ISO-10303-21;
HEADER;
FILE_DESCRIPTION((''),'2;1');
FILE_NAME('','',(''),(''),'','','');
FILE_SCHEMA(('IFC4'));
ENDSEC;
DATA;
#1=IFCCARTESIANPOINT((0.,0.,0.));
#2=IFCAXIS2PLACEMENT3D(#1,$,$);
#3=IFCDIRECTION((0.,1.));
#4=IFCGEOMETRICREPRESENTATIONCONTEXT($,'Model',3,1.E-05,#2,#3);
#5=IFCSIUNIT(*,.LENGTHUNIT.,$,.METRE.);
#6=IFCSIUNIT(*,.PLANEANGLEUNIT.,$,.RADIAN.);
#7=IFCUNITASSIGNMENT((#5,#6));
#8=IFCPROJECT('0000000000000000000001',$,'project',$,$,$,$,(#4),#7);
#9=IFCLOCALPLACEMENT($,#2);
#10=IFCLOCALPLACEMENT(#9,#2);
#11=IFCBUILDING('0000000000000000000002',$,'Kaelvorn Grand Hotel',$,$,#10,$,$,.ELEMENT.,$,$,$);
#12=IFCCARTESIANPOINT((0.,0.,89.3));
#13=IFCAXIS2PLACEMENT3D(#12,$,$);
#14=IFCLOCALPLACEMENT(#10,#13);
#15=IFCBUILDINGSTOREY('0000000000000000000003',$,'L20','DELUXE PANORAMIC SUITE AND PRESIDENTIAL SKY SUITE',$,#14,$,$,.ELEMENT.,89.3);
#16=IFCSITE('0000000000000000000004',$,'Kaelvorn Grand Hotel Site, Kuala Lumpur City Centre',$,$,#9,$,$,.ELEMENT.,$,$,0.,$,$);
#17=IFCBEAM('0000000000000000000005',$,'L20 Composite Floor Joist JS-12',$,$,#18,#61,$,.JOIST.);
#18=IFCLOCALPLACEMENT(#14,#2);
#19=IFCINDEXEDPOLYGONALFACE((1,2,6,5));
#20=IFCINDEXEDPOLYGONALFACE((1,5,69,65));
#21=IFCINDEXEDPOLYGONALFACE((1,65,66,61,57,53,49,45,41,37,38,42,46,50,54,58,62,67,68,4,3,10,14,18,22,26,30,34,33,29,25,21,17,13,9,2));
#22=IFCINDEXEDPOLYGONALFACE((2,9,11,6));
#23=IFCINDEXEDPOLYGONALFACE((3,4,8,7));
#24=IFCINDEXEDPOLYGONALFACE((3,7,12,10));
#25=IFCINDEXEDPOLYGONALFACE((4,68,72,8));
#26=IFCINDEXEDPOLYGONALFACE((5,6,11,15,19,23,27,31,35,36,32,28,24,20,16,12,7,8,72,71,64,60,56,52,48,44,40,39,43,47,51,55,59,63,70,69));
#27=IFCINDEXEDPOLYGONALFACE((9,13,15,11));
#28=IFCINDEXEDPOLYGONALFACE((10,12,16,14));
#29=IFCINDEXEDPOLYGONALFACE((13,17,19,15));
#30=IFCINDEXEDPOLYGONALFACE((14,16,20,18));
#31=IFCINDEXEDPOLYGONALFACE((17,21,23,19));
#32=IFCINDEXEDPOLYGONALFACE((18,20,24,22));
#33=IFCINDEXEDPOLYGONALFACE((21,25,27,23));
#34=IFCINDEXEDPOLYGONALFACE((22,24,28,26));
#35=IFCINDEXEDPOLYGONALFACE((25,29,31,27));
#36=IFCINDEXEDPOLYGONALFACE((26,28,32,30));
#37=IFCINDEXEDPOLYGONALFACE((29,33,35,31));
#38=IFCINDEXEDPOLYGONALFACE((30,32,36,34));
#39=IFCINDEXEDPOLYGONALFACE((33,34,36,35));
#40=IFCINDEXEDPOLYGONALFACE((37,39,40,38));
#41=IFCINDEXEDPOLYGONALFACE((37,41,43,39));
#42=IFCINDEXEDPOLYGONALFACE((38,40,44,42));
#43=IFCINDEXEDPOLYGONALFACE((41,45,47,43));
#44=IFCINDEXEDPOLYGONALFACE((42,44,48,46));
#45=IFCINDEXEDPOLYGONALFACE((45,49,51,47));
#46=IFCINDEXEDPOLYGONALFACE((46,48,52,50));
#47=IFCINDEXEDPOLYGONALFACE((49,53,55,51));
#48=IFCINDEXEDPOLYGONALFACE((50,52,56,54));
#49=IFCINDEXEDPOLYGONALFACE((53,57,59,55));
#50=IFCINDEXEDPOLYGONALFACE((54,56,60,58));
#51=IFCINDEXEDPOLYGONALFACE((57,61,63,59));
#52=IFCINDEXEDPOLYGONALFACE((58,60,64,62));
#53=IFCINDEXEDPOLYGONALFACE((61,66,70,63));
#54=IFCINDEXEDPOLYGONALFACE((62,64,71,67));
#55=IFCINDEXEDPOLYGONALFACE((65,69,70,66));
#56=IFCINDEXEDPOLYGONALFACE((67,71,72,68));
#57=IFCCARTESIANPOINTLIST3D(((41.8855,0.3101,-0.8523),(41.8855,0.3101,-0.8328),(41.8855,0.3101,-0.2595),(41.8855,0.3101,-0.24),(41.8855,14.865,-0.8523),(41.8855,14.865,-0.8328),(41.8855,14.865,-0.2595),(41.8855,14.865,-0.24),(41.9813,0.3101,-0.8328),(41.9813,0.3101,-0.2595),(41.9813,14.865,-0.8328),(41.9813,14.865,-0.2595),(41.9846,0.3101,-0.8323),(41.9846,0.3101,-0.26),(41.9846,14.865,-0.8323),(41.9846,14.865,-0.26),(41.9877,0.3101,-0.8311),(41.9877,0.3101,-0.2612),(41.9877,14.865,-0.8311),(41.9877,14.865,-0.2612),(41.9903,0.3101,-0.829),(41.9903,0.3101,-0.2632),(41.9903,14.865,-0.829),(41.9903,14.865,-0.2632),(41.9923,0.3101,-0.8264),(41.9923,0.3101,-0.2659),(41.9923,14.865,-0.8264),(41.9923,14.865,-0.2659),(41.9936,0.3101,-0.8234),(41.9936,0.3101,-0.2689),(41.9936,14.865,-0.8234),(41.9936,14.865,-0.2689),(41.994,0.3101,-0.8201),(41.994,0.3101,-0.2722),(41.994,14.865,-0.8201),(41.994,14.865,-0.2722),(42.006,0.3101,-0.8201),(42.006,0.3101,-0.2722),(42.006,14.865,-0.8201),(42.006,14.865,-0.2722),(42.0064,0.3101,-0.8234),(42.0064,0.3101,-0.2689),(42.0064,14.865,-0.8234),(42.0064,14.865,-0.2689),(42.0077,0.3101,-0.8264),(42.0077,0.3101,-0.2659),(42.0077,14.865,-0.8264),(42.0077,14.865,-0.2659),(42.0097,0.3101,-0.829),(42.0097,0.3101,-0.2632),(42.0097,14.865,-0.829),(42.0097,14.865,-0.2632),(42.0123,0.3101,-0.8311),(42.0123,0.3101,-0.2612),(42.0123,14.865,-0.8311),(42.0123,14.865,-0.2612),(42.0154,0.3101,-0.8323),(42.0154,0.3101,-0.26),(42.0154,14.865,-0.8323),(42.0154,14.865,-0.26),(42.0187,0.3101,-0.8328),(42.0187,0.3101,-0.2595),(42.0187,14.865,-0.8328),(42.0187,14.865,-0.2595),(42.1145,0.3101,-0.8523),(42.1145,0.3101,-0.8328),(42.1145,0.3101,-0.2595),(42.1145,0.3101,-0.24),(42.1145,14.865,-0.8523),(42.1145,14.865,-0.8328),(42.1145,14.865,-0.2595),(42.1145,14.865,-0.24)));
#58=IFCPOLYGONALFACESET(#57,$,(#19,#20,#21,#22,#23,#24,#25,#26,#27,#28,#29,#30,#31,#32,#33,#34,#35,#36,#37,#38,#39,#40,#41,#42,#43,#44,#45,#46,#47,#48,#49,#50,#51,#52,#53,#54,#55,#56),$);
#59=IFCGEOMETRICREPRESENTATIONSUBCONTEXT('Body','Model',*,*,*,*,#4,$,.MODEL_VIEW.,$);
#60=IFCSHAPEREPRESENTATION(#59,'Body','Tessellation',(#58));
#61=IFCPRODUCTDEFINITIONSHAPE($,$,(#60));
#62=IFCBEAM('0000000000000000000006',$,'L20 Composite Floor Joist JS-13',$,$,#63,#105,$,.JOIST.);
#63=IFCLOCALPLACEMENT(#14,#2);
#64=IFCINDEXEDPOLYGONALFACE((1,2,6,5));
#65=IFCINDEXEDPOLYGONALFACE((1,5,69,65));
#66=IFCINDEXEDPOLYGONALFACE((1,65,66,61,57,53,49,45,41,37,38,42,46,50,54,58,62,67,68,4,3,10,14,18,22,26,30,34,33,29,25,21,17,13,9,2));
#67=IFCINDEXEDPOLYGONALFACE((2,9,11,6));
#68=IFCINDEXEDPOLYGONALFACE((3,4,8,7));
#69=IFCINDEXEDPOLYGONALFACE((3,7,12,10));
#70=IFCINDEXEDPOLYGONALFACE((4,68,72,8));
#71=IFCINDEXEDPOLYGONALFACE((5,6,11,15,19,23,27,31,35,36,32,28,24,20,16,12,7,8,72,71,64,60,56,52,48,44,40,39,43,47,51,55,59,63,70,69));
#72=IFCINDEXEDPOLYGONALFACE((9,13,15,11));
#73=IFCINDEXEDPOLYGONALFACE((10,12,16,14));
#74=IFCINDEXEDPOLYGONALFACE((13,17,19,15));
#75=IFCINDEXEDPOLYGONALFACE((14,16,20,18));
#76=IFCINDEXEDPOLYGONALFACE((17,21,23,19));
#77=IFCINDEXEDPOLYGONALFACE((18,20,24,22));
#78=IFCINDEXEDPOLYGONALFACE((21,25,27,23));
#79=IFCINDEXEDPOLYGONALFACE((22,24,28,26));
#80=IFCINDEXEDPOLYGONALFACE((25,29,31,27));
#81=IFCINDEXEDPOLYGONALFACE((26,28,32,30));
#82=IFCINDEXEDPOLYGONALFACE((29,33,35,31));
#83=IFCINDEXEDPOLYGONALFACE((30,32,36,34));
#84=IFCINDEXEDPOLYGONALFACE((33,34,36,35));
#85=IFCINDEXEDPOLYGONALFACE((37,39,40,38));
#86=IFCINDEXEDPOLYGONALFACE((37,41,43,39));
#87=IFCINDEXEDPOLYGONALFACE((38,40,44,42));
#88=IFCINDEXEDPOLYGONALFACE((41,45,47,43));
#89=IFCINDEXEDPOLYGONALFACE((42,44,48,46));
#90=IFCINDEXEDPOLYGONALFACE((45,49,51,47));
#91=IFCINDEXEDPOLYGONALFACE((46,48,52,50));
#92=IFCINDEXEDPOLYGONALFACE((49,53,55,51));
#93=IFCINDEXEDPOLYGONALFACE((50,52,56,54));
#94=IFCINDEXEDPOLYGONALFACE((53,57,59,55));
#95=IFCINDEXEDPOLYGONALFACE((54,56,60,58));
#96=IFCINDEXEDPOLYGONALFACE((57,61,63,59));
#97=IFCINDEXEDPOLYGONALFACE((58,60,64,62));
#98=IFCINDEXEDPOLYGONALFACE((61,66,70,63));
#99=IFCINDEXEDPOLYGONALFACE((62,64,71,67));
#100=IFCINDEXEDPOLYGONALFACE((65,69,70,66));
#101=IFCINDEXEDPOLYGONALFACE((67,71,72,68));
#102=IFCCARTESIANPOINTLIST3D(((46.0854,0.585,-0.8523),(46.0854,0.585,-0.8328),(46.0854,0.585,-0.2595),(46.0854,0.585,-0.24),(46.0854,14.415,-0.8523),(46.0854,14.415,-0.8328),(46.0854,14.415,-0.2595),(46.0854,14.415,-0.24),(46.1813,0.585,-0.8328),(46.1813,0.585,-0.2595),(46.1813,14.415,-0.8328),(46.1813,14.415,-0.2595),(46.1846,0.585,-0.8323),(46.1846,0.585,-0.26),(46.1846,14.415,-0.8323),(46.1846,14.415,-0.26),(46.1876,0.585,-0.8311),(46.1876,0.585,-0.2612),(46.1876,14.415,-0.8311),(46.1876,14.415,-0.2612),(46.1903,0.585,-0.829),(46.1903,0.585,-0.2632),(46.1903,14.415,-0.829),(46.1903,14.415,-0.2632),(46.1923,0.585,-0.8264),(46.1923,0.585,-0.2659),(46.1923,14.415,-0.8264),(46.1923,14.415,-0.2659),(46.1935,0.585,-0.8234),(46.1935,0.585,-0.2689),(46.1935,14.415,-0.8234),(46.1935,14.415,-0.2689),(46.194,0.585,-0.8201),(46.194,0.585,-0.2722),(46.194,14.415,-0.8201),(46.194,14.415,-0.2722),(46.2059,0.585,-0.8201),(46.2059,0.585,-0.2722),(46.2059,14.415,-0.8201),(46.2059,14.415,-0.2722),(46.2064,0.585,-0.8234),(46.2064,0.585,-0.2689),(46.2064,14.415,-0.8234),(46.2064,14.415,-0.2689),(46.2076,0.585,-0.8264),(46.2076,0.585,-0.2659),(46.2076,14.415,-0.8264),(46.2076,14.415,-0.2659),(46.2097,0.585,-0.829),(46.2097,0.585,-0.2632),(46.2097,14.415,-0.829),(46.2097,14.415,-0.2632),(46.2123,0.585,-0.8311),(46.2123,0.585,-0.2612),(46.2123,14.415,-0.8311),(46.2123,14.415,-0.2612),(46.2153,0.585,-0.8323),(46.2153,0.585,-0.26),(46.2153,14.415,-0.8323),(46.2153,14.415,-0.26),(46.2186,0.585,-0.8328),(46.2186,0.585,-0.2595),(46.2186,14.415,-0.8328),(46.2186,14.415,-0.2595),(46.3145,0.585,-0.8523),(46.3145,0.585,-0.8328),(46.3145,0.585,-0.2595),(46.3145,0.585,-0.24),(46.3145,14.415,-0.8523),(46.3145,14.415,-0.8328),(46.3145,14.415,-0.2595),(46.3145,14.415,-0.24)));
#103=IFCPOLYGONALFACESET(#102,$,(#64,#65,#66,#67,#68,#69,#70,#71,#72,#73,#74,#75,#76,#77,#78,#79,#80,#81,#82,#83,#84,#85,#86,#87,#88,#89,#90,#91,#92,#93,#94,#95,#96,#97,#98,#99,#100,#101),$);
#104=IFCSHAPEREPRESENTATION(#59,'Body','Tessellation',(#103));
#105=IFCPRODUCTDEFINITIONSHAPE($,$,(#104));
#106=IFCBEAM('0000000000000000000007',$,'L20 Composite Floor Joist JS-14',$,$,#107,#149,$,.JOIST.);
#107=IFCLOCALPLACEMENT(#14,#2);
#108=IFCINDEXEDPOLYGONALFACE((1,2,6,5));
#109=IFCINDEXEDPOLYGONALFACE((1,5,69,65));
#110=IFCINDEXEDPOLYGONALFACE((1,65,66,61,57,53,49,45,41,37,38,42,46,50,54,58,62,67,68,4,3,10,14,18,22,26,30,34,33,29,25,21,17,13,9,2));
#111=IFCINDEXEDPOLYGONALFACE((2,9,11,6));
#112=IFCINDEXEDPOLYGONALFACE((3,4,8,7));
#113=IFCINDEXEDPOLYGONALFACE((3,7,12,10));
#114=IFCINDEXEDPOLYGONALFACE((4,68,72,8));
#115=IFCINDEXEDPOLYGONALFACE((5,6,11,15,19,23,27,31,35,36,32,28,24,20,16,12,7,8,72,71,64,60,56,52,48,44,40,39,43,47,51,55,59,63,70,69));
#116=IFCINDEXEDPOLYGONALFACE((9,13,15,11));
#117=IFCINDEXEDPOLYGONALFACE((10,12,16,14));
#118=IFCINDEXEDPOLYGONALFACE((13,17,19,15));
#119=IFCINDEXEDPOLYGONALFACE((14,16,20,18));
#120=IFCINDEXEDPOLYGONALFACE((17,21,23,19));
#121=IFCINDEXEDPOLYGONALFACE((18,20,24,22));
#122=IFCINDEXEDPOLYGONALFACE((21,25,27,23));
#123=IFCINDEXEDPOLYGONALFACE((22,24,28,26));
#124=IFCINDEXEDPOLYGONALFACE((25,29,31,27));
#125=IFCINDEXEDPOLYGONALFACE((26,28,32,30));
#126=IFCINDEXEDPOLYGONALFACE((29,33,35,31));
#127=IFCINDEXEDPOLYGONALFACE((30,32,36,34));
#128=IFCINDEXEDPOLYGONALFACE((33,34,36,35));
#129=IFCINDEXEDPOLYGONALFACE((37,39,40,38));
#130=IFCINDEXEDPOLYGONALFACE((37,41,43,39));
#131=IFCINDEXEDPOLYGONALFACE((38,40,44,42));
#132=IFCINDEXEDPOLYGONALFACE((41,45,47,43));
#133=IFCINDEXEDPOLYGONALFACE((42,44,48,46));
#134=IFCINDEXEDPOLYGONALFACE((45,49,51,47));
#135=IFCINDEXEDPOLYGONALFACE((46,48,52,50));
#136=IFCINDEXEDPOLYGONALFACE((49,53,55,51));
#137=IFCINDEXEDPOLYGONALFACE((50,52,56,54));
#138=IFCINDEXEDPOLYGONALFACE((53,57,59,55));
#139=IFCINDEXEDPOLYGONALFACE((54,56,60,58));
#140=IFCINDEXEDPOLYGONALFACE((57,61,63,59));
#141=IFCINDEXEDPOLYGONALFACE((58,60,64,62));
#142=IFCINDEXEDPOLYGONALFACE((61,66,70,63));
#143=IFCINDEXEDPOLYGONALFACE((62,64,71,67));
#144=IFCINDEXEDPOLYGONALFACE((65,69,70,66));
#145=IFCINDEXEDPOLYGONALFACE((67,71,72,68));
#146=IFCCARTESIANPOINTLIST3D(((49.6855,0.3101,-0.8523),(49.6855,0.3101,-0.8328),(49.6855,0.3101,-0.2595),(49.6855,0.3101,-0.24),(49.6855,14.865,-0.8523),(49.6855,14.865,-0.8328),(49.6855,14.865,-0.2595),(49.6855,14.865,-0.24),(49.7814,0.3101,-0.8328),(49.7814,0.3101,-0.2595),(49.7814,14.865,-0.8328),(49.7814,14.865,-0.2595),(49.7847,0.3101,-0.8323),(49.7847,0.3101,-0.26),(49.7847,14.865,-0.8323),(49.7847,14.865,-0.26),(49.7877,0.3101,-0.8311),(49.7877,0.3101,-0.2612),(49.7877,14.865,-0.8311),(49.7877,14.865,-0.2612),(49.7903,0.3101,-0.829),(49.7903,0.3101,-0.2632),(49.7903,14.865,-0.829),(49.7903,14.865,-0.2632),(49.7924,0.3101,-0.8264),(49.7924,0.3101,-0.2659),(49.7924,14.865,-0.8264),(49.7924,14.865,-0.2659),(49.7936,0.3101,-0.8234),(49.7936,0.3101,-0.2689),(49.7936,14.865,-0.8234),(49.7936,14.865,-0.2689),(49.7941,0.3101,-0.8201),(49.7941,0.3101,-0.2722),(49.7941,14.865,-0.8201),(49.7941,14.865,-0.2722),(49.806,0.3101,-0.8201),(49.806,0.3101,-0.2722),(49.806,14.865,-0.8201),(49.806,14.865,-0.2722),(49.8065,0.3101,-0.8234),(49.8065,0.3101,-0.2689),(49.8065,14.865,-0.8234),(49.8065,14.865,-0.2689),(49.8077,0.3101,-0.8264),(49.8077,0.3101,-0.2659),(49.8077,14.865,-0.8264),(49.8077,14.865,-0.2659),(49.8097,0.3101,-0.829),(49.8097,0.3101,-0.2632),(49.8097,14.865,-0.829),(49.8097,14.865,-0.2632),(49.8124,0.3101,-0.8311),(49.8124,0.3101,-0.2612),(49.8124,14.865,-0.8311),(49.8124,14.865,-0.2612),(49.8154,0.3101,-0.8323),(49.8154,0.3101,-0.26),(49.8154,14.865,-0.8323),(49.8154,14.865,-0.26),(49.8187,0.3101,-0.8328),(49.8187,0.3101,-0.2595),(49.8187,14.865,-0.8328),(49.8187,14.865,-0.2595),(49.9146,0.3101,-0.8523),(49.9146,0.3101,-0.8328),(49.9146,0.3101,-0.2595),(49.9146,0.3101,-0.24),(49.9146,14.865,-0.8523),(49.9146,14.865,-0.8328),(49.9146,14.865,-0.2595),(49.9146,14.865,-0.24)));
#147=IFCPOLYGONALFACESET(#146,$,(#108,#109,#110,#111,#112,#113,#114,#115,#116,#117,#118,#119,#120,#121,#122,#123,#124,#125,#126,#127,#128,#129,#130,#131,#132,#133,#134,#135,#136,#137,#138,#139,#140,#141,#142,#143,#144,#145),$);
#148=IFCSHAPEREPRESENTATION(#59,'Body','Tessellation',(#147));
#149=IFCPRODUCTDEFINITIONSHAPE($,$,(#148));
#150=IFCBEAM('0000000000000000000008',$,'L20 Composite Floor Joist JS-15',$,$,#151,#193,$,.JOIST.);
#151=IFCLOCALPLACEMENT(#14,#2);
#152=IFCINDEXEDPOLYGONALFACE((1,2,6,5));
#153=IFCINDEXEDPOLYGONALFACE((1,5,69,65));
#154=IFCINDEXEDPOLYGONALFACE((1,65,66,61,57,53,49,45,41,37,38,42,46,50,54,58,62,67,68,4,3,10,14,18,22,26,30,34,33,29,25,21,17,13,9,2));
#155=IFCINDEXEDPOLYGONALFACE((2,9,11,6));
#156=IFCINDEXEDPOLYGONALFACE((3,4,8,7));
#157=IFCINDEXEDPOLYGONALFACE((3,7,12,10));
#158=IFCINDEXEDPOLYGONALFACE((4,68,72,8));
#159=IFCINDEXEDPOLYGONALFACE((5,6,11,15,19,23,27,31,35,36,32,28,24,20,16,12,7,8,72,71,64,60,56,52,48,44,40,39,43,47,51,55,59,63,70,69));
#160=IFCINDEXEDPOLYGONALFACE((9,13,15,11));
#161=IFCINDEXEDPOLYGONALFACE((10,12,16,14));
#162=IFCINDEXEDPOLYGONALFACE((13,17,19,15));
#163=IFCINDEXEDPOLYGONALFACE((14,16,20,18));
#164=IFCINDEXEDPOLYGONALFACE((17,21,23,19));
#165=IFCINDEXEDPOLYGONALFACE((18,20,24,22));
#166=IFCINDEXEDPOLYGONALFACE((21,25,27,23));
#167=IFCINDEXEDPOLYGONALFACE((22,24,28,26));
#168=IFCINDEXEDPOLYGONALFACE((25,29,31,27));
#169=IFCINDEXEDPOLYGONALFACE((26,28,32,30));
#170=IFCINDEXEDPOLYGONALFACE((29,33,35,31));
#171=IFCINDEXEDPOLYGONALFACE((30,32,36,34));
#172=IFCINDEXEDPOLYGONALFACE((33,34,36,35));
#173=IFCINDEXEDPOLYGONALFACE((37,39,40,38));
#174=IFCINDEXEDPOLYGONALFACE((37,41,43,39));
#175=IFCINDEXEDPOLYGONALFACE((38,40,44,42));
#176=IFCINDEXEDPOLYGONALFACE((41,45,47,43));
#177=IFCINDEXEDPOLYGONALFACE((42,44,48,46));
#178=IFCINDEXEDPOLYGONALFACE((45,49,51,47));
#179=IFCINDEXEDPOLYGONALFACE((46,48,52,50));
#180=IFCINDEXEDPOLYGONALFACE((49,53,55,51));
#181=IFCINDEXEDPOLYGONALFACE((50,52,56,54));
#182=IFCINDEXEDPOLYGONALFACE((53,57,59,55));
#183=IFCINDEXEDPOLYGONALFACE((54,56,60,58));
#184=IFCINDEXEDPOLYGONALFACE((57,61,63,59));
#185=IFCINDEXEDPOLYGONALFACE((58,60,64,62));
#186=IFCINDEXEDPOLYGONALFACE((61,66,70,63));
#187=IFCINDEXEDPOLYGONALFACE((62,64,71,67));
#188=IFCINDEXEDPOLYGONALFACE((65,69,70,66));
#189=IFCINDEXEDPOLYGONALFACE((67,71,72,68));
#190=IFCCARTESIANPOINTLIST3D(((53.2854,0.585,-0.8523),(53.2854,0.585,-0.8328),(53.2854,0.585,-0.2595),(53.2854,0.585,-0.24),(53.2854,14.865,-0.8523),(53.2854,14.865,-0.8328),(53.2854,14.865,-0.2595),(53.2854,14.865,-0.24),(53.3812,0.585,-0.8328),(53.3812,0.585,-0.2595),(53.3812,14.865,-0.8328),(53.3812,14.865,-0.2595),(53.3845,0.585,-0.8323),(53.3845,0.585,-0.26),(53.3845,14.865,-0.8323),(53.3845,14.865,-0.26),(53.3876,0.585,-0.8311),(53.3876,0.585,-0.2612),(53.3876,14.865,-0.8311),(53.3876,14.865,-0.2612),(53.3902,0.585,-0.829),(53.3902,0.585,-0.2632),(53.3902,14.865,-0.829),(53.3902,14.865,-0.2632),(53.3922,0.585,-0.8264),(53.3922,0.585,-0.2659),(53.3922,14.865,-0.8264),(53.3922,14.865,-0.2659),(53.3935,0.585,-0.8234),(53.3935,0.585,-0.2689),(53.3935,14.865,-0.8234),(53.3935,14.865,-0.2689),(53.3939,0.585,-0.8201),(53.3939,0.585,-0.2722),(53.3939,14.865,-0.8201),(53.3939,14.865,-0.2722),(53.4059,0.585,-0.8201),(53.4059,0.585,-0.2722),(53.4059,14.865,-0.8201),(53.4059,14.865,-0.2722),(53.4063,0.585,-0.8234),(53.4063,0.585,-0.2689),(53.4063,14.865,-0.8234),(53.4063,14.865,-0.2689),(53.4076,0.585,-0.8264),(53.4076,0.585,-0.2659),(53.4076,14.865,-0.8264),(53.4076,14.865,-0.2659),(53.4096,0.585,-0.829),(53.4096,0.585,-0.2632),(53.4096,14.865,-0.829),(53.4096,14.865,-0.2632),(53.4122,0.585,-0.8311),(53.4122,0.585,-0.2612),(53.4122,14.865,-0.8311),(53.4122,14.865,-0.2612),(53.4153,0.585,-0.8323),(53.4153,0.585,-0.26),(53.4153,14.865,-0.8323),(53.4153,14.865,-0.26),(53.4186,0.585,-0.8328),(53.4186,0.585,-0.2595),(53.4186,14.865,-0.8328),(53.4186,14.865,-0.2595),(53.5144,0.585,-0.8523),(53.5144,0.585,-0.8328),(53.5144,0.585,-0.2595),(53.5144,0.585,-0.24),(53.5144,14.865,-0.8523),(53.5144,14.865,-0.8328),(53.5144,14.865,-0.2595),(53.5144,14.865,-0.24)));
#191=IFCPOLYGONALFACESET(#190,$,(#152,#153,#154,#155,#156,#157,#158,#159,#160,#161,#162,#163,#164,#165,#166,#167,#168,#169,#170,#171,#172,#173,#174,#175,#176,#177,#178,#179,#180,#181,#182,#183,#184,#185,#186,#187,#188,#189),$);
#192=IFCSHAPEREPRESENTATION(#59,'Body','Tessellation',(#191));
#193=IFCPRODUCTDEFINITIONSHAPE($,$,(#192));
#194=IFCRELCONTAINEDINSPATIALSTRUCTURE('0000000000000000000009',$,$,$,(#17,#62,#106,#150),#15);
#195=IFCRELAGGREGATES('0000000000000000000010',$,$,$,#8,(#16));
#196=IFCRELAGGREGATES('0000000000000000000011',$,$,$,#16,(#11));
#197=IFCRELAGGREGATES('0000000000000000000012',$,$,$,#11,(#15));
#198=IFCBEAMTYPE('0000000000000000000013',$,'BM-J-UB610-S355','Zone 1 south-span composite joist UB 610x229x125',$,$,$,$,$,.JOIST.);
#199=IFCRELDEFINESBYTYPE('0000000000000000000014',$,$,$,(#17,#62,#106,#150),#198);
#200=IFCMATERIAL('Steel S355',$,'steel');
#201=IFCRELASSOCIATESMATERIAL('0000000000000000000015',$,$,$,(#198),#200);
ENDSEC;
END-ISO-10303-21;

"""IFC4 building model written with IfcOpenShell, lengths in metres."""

from ifc_helpers import new_model, si_unit, direction, frame, origin, origin_2d, place, context, subcontext, project, spatial, i_section, extrude, material, material_profile, profile_set, type_object, element, save


model = new_model("IFC4")

# Units and contexts
model_context = context("Model", 3, precision=1e-05, world=origin(), true_north=direction((0.0, 1.0)))
body_context = subcontext(model_context, "Body", "Model", "MODEL_VIEW")
ifc_project = project(units=[si_unit("LENGTHUNIT", "METRE"), si_unit("PLANEANGLEUNIT", "RADIAN")], contexts=[model_context])

# Site, building, storey
site_placement = place(None, origin())
site = spatial("IfcSite", under=ifc_project, at=site_placement, Name="Kaelvorn Grand Hotel Site, Kuala Lumpur City Centre", CompositionType="ELEMENT", RefElevation=0.0)
building_placement = place(site_placement, origin())
building = spatial("IfcBuilding", under=site, at=building_placement, Name="Kaelvorn Grand Hotel", CompositionType="ELEMENT")
storey_placement = place(building_placement, frame((0.0, 0.0, 89.3)))
storey = spatial("IfcBuildingStorey", under=building, at=storey_placement, Name="L20", Description="DELUXE PANORAMIC SUITE AND PRESIDENTIAL SKY SUITE", CompositionType="ELEMENT", Elevation=89.3)

# Beams
ifc_material_1 = material(Name="Steel S355", Category="steel")
ifc_material_profile_1 = material_profile(ifc_material_1, i_section(OverallWidth=0.229, OverallDepth=0.6123, WebThickness=0.012, FlangeThickness=0.0195, FilletRadius=0.0127, at=origin_2d()), Name="UB 610x229x125")
ifc_profile_set_1 = profile_set([ifc_material_profile_1], Name="Steel S355")
beam_type_1 = type_object("IfcBeamType", Name="BM-J-UB610-S355", Description="Zone 1 south-span composite joist UB 610x229x125", PredefinedType="JOIST", material=ifc_profile_set_1)
beam_1_placement = place(storey_placement, frame((42.0, 0.3101, -0.5461), z_axis=(0.0, 1.0, 0.0), x_axis=(-1.0, 0.0, 0.0)))
element("IfcBeam", 1, at=beam_1_placement, inside=storey, type_object=beam_type_1, Name="L20 Composite Floor Joist JS-12", PredefinedType="JOIST", context=body_context, shape_type="SweptSolid", body=[
    extrude(i_section(OverallWidth=0.229, OverallDepth=0.6123, WebThickness=0.012, FlangeThickness=0.0195, FilletRadius=0.0127, at=origin_2d()), origin(), (0.0, 0.0, 1.0), 14.5549),
])
beam_2_placement = place(storey_placement, frame((46.2, 0.585, -0.5461), z_axis=(0.0, 1.0, 0.0), x_axis=(-1.0, 0.0, 0.0)))
element("IfcBeam", 2, at=beam_2_placement, inside=storey, type_object=beam_type_1, Name="L20 Composite Floor Joist JS-13", PredefinedType="JOIST", context=body_context, shape_type="SweptSolid", body=[
    extrude(i_section(OverallWidth=0.229, OverallDepth=0.6123, WebThickness=0.012, FlangeThickness=0.0195, FilletRadius=0.0127, at=origin_2d()), origin(), (0.0, 0.0, 1.0), 13.8301),
])
beam_3_placement = place(storey_placement, frame((49.8, 0.3101, -0.5461), z_axis=(0.0, 1.0, 0.0), x_axis=(-1.0, 0.0, 0.0)))
element("IfcBeam", 3, at=beam_3_placement, inside=storey, type_object=beam_type_1, Name="L20 Composite Floor Joist JS-14", PredefinedType="JOIST", context=body_context, shape_type="SweptSolid", body=[
    extrude(i_section(OverallWidth=0.229, OverallDepth=0.6123, WebThickness=0.012, FlangeThickness=0.0195, FilletRadius=0.0127, at=origin_2d()), origin(), (0.0, 0.0, 1.0), 14.5549),
])
beam_4_placement = place(storey_placement, frame((53.3999, 0.585, -0.5461), z_axis=(0.0, 1.0, 0.0), x_axis=(-1.0, 0.0, 0.0)))
element("IfcBeam", 4, at=beam_4_placement, inside=storey, type_object=beam_type_1, Name="L20 Composite Floor Joist JS-15", PredefinedType="JOIST", context=body_context, shape_type="SweptSolid", body=[
    extrude(i_section(OverallWidth=0.229, OverallDepth=0.6123, WebThickness=0.012, FlangeThickness=0.0195, FilletRadius=0.0127, at=origin_2d()), origin(), (0.0, 0.0, 1.0), 14.28),
])

save(model, "model.ifc")
